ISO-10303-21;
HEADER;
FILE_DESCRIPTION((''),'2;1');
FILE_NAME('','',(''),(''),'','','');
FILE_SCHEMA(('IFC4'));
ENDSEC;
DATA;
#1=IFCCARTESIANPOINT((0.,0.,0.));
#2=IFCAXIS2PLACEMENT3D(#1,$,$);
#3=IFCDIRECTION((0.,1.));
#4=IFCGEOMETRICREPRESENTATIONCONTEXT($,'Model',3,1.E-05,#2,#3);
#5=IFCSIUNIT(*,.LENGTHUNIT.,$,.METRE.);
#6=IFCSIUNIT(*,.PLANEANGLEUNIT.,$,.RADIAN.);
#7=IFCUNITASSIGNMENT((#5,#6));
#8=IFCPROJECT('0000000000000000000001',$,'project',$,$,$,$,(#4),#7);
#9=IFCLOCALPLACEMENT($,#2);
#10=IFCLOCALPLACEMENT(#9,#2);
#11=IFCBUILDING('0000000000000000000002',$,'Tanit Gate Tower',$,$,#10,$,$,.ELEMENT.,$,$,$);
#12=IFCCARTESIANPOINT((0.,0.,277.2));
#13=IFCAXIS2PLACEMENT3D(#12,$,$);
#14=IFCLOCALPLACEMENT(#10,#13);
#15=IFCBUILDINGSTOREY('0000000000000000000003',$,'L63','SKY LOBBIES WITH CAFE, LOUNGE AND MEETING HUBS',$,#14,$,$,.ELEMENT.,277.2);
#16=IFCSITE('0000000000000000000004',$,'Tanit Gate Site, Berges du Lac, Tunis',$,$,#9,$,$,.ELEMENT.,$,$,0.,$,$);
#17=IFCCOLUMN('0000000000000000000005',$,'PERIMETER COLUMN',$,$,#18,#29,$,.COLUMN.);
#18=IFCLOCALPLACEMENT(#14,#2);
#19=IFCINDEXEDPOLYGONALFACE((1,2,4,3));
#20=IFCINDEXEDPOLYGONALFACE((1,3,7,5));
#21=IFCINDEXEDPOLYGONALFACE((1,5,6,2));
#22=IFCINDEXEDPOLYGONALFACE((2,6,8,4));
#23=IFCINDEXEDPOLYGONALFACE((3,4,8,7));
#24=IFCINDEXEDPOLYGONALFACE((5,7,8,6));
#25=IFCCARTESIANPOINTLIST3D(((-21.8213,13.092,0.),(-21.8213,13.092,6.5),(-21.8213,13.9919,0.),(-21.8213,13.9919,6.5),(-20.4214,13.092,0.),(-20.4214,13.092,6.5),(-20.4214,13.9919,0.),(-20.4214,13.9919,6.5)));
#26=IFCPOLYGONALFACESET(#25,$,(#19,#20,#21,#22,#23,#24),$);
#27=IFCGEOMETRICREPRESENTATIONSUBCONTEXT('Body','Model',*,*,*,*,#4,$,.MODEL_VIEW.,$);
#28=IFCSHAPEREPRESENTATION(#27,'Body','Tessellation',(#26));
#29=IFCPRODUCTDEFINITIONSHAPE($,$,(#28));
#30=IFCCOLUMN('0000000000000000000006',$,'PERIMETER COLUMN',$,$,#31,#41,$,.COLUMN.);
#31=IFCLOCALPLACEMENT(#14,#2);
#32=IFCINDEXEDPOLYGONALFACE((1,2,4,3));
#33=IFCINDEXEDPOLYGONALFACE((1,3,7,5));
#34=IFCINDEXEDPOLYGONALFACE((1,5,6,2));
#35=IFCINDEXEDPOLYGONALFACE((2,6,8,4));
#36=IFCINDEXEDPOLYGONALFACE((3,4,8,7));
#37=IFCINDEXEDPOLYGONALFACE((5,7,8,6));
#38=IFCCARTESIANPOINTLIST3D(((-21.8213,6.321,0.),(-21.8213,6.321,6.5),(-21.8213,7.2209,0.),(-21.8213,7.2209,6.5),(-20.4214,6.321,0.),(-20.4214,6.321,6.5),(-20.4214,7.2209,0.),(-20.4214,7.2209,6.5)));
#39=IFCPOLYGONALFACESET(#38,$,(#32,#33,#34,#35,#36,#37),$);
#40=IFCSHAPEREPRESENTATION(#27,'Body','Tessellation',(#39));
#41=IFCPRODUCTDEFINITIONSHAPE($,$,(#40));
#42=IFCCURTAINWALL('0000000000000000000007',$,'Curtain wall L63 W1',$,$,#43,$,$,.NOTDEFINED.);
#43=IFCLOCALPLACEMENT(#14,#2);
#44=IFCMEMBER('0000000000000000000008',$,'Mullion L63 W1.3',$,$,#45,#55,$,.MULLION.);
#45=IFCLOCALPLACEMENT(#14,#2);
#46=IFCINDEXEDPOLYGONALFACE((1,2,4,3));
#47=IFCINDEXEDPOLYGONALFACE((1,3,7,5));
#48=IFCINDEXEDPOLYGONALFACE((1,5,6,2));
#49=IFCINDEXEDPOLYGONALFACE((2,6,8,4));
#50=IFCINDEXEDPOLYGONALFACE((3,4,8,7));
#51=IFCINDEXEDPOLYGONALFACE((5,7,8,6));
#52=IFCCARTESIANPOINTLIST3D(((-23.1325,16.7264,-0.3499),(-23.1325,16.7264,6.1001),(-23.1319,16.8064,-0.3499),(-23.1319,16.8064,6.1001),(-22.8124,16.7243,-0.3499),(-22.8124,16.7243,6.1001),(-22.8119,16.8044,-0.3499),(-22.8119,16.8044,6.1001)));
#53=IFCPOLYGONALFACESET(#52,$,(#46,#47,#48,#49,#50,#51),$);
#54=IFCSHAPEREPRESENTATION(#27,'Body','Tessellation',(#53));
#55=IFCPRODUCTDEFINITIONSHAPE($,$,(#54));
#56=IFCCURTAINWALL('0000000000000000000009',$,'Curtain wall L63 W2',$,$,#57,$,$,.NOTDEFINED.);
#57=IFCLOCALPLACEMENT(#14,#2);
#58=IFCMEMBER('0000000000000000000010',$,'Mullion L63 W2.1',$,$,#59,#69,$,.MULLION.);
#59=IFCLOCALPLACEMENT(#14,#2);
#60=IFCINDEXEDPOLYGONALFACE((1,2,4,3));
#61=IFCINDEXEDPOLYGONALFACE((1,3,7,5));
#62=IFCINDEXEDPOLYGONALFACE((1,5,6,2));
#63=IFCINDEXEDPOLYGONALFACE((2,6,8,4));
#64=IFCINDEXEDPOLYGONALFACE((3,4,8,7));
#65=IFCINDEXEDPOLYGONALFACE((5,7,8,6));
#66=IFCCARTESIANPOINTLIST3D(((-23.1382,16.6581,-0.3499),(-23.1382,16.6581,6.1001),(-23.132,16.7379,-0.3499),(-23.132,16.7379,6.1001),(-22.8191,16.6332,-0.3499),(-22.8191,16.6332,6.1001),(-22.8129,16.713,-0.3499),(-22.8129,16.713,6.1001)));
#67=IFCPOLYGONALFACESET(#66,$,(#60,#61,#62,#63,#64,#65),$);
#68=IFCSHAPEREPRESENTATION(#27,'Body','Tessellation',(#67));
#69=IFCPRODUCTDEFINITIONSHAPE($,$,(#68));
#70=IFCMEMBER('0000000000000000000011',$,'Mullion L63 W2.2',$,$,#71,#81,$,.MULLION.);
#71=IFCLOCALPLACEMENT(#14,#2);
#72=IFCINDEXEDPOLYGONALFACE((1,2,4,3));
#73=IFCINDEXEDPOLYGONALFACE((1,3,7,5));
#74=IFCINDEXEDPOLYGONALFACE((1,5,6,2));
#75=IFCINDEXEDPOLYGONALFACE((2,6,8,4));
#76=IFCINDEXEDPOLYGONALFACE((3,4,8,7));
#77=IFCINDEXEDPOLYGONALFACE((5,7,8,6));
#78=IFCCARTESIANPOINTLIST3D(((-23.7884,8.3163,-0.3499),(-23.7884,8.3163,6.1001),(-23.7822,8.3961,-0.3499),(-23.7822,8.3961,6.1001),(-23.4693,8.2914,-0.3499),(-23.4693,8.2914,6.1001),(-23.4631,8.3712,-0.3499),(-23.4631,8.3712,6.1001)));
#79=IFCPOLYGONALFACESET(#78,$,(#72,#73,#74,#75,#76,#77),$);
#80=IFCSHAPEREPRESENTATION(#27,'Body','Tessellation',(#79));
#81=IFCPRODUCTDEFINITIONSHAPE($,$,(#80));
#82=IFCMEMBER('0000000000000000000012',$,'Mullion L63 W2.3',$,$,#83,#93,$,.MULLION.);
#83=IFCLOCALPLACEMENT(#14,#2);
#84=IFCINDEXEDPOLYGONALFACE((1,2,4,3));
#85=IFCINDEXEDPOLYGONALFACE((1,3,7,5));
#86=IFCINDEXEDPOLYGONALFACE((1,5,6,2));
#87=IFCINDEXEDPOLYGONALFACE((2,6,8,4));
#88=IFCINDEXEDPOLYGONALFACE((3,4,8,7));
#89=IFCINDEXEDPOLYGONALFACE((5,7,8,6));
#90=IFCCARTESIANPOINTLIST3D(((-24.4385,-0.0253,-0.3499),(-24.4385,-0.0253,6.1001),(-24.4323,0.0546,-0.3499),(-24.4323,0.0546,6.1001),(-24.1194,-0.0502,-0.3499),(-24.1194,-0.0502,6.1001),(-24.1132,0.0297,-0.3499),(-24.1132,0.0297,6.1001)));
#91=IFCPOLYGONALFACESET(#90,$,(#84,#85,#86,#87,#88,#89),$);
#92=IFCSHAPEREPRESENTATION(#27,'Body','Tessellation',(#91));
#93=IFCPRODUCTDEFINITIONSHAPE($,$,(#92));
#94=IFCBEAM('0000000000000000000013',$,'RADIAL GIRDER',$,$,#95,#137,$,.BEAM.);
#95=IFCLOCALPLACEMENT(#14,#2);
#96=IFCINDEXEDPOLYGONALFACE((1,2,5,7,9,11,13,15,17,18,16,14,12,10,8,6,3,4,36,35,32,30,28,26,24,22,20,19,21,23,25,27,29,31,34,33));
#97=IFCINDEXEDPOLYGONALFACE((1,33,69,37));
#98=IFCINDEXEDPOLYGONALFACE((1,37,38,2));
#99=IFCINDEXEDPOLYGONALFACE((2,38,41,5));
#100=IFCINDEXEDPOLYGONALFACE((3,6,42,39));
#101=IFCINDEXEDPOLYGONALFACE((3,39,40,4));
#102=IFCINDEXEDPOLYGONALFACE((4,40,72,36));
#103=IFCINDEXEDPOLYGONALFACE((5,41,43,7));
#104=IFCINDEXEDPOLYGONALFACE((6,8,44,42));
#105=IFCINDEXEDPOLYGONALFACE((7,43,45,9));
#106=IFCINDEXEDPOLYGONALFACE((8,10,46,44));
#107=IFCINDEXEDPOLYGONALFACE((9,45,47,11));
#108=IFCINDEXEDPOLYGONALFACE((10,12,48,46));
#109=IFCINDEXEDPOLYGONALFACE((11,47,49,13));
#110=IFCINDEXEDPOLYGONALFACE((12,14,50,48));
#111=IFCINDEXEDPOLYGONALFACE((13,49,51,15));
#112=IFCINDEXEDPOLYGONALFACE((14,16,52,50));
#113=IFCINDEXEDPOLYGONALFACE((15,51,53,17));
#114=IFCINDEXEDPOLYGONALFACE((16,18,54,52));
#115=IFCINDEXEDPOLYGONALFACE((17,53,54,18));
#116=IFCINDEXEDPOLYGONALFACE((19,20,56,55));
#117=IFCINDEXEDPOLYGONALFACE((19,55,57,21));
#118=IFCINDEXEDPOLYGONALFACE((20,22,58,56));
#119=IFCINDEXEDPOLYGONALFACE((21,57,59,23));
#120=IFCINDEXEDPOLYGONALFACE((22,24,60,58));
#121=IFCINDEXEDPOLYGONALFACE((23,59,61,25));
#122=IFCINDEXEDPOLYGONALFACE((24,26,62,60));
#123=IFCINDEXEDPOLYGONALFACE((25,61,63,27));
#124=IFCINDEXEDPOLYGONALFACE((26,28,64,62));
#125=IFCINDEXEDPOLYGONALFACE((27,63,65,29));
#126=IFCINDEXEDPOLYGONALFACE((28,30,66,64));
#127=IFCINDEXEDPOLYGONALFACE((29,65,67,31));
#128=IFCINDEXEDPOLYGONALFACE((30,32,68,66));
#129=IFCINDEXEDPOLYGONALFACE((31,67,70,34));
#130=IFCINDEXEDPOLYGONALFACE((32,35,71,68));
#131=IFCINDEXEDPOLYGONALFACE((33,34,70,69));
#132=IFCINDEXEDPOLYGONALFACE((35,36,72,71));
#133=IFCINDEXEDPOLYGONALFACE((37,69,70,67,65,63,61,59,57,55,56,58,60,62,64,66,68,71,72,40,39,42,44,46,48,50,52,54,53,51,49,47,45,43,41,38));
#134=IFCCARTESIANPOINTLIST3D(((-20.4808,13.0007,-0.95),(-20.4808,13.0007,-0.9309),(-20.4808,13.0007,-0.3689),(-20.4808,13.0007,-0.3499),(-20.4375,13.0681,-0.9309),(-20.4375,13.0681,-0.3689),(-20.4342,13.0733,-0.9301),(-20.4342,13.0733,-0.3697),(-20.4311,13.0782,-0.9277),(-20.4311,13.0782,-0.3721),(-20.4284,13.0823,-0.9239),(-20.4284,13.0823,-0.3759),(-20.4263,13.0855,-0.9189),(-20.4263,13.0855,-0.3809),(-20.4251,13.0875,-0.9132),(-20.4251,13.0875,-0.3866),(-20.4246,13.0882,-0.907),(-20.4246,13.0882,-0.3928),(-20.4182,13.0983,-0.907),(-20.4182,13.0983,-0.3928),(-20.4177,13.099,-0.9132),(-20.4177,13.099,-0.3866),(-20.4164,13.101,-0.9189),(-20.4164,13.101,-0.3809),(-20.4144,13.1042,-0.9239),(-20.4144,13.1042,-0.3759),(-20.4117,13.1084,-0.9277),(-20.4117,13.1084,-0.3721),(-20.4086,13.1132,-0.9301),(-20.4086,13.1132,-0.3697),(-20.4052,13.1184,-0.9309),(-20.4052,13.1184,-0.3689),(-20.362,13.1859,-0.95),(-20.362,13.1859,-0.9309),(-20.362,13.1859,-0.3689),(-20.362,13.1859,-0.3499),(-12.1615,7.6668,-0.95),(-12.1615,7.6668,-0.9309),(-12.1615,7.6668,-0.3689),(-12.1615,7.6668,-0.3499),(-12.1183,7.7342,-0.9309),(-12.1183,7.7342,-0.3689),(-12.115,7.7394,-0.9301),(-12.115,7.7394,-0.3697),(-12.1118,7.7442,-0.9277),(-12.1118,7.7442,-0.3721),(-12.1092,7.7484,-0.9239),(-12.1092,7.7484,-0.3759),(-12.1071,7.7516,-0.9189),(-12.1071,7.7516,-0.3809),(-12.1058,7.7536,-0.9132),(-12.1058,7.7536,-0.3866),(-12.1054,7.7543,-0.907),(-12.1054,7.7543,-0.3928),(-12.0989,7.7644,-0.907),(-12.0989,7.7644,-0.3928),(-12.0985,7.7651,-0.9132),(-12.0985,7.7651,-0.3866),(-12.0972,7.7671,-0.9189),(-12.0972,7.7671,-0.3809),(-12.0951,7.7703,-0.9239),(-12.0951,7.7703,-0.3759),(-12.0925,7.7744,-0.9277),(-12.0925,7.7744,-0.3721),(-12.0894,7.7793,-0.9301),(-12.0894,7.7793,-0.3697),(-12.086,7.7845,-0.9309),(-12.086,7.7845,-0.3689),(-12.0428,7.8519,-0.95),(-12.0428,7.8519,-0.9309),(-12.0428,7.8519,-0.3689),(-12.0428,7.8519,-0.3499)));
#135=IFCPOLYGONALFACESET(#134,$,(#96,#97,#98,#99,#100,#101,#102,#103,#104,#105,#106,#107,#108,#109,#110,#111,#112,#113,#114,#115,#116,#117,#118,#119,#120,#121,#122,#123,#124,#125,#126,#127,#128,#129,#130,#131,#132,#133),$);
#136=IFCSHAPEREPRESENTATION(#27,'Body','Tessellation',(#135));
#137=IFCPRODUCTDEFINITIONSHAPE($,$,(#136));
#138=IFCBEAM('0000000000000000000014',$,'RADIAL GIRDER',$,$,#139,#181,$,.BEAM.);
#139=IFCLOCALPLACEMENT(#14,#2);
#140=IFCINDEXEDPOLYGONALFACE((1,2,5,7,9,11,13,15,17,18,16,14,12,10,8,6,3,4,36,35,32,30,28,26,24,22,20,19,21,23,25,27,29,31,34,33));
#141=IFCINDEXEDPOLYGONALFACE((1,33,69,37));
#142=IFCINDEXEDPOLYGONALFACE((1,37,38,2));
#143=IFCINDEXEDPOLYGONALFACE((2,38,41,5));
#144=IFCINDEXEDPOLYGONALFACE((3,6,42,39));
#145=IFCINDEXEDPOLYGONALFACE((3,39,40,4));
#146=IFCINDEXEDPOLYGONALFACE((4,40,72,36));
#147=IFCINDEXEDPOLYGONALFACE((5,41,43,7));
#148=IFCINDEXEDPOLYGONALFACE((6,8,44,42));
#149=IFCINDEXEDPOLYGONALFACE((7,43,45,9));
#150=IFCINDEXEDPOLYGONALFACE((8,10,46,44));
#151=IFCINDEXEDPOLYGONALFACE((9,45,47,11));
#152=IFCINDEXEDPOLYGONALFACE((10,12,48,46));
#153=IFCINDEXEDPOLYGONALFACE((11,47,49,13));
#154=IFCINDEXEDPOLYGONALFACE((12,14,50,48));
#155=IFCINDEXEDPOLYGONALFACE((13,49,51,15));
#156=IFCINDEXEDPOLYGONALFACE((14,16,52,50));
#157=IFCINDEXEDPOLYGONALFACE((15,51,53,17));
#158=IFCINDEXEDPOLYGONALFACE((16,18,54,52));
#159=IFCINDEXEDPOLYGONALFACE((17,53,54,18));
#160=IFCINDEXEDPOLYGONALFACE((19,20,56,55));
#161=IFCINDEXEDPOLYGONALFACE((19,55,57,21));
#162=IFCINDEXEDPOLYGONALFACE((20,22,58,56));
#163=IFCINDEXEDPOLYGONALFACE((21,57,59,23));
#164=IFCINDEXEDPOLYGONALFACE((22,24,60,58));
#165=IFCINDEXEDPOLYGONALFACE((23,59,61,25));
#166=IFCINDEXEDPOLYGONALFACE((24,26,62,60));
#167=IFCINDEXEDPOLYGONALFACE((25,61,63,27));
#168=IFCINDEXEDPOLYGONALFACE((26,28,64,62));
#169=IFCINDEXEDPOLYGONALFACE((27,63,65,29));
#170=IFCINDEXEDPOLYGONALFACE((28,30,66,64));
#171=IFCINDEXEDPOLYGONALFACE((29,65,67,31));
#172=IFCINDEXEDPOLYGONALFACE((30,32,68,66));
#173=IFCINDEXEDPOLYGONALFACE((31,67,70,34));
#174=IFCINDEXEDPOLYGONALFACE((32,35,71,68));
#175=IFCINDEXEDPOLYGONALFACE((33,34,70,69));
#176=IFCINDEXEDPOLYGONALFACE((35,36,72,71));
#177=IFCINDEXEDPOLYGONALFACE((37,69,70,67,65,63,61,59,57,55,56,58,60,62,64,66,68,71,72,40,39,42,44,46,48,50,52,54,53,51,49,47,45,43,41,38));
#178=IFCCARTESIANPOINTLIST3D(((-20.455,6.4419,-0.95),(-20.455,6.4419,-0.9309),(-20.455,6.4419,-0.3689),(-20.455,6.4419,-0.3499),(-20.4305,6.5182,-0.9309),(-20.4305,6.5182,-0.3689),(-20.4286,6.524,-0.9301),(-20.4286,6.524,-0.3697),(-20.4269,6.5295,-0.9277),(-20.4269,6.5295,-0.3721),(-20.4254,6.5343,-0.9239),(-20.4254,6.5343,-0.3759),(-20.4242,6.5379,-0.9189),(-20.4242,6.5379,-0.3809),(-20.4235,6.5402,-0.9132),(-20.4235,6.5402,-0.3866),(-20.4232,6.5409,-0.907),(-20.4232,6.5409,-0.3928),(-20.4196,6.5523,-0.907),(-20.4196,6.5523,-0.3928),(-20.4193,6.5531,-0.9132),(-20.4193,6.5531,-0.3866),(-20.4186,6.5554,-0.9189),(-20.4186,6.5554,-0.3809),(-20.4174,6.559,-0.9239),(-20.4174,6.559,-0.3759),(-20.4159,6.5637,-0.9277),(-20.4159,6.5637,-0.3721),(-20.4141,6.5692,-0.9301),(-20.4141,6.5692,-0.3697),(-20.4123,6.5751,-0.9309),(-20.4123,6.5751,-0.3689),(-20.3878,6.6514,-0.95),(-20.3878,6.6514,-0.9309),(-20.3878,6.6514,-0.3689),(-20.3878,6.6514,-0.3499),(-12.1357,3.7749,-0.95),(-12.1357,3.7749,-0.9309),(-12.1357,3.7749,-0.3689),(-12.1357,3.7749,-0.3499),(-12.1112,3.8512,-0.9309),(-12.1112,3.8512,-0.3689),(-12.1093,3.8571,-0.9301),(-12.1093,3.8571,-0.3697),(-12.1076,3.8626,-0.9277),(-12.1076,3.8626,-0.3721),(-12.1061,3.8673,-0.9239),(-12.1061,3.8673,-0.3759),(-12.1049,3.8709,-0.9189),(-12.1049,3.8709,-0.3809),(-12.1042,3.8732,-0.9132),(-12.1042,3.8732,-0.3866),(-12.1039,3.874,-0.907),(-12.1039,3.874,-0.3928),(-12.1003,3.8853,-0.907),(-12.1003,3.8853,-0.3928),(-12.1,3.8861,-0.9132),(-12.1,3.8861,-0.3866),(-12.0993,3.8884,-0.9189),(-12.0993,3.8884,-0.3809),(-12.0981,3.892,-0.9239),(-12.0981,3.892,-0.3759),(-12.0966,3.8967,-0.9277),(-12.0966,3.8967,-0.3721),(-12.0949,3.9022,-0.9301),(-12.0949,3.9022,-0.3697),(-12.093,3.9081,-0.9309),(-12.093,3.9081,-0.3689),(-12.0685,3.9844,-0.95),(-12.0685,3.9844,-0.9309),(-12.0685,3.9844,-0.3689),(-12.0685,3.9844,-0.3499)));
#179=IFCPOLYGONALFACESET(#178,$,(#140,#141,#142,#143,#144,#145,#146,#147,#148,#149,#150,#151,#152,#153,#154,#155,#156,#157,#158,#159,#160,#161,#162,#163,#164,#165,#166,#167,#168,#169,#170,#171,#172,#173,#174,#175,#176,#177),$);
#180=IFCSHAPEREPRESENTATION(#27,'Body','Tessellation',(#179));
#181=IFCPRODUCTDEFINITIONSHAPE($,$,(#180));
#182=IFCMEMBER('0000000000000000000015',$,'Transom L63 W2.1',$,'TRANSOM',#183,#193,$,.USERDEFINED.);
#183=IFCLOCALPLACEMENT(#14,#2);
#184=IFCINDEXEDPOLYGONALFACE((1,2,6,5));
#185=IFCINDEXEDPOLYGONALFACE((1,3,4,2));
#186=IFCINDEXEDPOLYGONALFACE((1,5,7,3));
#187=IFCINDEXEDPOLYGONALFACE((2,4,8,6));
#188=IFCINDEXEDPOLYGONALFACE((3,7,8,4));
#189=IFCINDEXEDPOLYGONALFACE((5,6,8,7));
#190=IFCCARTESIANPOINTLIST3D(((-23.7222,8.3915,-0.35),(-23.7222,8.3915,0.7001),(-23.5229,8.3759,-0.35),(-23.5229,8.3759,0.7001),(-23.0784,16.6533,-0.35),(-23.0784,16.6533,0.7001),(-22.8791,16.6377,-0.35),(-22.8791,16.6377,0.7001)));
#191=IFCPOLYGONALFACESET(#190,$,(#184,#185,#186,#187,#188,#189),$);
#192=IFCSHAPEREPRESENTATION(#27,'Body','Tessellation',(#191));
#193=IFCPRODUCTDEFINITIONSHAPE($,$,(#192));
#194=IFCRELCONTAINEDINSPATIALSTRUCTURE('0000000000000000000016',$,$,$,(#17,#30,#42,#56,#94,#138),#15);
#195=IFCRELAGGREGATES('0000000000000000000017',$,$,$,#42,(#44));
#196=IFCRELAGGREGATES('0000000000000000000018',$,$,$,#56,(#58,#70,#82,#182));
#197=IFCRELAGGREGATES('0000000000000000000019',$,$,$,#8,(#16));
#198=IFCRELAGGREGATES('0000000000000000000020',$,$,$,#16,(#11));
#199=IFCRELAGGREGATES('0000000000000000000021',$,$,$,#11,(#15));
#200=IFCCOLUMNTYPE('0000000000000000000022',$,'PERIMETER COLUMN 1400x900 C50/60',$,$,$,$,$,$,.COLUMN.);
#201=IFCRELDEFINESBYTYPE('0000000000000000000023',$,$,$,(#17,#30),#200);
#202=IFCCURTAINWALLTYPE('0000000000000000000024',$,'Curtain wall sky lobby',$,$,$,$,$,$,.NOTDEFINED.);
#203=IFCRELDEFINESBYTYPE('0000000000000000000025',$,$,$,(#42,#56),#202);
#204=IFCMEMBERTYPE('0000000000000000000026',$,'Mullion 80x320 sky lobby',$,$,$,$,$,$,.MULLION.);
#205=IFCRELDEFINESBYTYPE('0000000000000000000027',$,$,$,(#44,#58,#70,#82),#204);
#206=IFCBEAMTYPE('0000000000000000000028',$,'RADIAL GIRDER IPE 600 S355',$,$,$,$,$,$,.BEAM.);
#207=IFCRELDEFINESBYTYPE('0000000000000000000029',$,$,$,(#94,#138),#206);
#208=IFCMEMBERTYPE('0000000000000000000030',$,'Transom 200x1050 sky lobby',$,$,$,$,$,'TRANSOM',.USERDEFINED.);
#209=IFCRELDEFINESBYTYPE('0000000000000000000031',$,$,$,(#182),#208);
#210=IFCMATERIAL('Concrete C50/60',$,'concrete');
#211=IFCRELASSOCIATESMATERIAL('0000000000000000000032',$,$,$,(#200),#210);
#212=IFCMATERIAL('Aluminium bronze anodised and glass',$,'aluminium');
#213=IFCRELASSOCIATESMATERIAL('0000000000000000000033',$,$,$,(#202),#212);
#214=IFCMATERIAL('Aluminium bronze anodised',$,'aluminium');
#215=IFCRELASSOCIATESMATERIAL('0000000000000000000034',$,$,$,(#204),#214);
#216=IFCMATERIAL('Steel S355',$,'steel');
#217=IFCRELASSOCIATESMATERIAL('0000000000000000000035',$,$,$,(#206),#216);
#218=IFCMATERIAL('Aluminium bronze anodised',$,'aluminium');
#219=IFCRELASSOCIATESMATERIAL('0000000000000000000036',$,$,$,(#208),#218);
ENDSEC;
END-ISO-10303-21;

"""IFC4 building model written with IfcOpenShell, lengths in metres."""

from ifc_helpers import new_model, si_unit, direction, frame, origin, origin_2d, place, context, subcontext, project, spatial, rectangle, i_section, extrude, material, material_profile, profile_set, type_object, element, aggregate, save


model = new_model("IFC4")

# Units and contexts
model_context = context("Model", 3, precision=1e-05, world=origin(), true_north=direction((0.0, 1.0)))
body_context = subcontext(model_context, "Body", "Model", "MODEL_VIEW")
ifc_project = project(units=[si_unit("LENGTHUNIT", "METRE"), si_unit("PLANEANGLEUNIT", "RADIAN")], contexts=[model_context])

# Site, building, storey
site_placement = place(None, origin())
site = spatial("IfcSite", under=ifc_project, at=site_placement, Name="Tanit Gate Site, Berges du Lac, Tunis", CompositionType="ELEMENT", RefElevation=0.0)
building_placement = place(site_placement, origin())
building = spatial("IfcBuilding", under=site, at=building_placement, Name="Tanit Gate Tower", CompositionType="ELEMENT")
storey_placement = place(building_placement, frame((0.0, 0.0, 277.2)))
storey = spatial("IfcBuildingStorey", under=building, at=storey_placement, Name="L63", Description="SKY LOBBIES WITH CAFE, LOUNGE AND MEETING HUBS", CompositionType="ELEMENT", Elevation=277.2)

# Columns
ifc_material_1 = material(Name="Concrete C50/60", Category="concrete")
ifc_material_profile_1 = material_profile(ifc_material_1, rectangle(XDim=1.3999, YDim=0.8999, at=origin_2d()), Name="RC 1400x900")
ifc_profile_set_1 = profile_set([ifc_material_profile_1], Name="Concrete C50/60")
column_type = type_object("IfcColumnType", Name="PERIMETER COLUMN 1400x900 C50/60", PredefinedType="COLUMN", material=ifc_profile_set_1)
for number, where, z_axis, x_axis, name in (
    (1, (-21.1213, 13.542, 0.0), (0.0, 0.0, 1.0), (-1.0, 0.0, 0.0), "PERIMETER COLUMN"),
    (2, (-21.1213, 6.771, 0.0), (0.0, 0.0, 1.0), (-1.0, 0.0, 0.0), "PERIMETER COLUMN"),
):
    element("IfcColumn", number, at=place(storey_placement, frame(where, z_axis=z_axis, x_axis=x_axis)), inside=storey, type_object=column_type, Name=name, PredefinedType="COLUMN", context=body_context, shape_type="SweptSolid", body=[
        extrude(rectangle(XDim=1.3999, YDim=0.8999, at=origin_2d()), origin(), (0.0, 0.0, 1.0), 6.5),
    ])

# Curtain wall, member
ifc_material_2 = material(Name="Aluminium bronze anodised and glass", Category="aluminium")
curtain_wall_type = type_object("IfcCurtainWallType", Name="Curtain wall sky lobby", PredefinedType="NOTDEFINED", material=ifc_material_2)
curtain_wall_1_placement = place(storey_placement, origin())
curtain_wall_1 = element("IfcCurtainWall", 3, at=curtain_wall_1_placement, inside=storey, type_object=curtain_wall_type, Name="Curtain wall L63 W1", PredefinedType="NOTDEFINED")
ifc_material_3 = material(Name="Aluminium bronze anodised", Category="aluminium")
ifc_material_profile_2 = material_profile(ifc_material_3, rectangle(XDim=0.3201, YDim=0.0801, at=origin_2d()), Name="80x320 bronze mullion")
ifc_profile_set_2 = profile_set([ifc_material_profile_2], Name="Aluminium bronze anodised")
member_type_1 = type_object("IfcMemberType", Name="Mullion 80x320 sky lobby", PredefinedType="MULLION", material=ifc_profile_set_2)
member_1_placement = place(storey_placement, frame((-22.9722, 16.7654, -0.3499), z_axis=(0.0, 0.0, 1.0), x_axis=(0.99998, -0.006374, 0.0)))
member_1 = element("IfcMember", 4, at=member_1_placement, type_object=member_type_1, Name="Mullion L63 W1.3", PredefinedType="MULLION", context=body_context, shape_type="SweptSolid", body=[
    extrude(rectangle(XDim=0.3201, YDim=0.0801, at=origin_2d()), origin(), (0.0, 0.0, 1.0), 6.45),
])
aggregate(curtain_wall_1, [member_1])

# Curtain wall, members
curtain_wall_2_placement = place(storey_placement, origin())
curtain_wall_2 = element("IfcCurtainWall", 5, at=curtain_wall_2_placement, inside=storey, type_object=curtain_wall_type, Name="Curtain wall L63 W2", PredefinedType="NOTDEFINED")
member_2_placement = place(storey_placement, frame((-22.9756, 16.6855, -0.3499), z_axis=(0.0, 0.0, 1.0), x_axis=(0.996977, -0.077701, 0.0)))
member_2 = element("IfcMember", 6, at=member_2_placement, type_object=member_type_1, Name="Mullion L63 W2.1", PredefinedType="MULLION", context=body_context, shape_type="SweptSolid", body=[
    extrude(rectangle(XDim=0.3201, YDim=0.0801, at=origin_2d()), origin(), (0.0, 0.0, 1.0), 6.45),
])
member_3_placement = place(storey_placement, frame((-23.6257, 8.3438, -0.3499), z_axis=(0.0, 0.0, 1.0), x_axis=(0.996977, -0.077701, 0.0)))
member_3 = element("IfcMember", 7, at=member_3_placement, type_object=member_type_1, Name="Mullion L63 W2.2", PredefinedType="MULLION", context=body_context, shape_type="SweptSolid", body=[
    extrude(rectangle(XDim=0.3201, YDim=0.0801, at=origin_2d()), origin(), (0.0, 0.0, 1.0), 6.45),
])
member_4_placement = place(storey_placement, frame((-24.2759, 0.0022, -0.3499), z_axis=(0.0, 0.0, 1.0), x_axis=(0.996977, -0.077701, 0.0)))
member_4 = element("IfcMember", 8, at=member_4_placement, type_object=member_type_1, Name="Mullion L63 W2.3", PredefinedType="MULLION", context=body_context, shape_type="SweptSolid", body=[
    extrude(rectangle(XDim=0.3201, YDim=0.0801, at=origin_2d()), origin(), (0.0, 0.0, 1.0), 6.45),
])

# Beams
ifc_material_4 = material(Name="Steel S355", Category="steel")
ifc_material_profile_3 = material_profile(ifc_material_4, i_section(OverallWidth=0.22, OverallDepth=0.6001, WebThickness=0.012, FlangeThickness=0.019, FilletRadius=0.0239, at=origin_2d()), Name="IPE 600")
ifc_profile_set_3 = profile_set([ifc_material_profile_3], Name="Steel S355")
beam_type = type_object("IfcBeamType", Name="RADIAL GIRDER IPE 600 S355", PredefinedType="BEAM", material=ifc_profile_set_3)
beam_1_placement = place(storey_placement, frame((-20.4214, 13.0933, -0.6499), z_axis=(0.84183, -0.539743, 0.0), x_axis=(0.539743, 0.84183, 0.0)))
element("IfcBeam", 9, at=beam_1_placement, inside=storey, type_object=beam_type, Name="RADIAL GIRDER", PredefinedType="BEAM", context=body_context, shape_type="SweptSolid", body=[
    extrude(i_section(OverallWidth=0.22, OverallDepth=0.6001, WebThickness=0.012, FlangeThickness=0.019, FilletRadius=0.0239, at=origin_2d()), origin(), (0.0, 0.0, 1.0), 9.8823),
])
beam_2_placement = place(storey_placement, frame((-20.4214, 6.5466, -0.6499), z_axis=(0.952264, -0.305275, 0.0), x_axis=(0.305275, 0.952264, 0.0)))
element("IfcBeam", 10, at=beam_2_placement, inside=storey, type_object=beam_type, Name="RADIAL GIRDER", PredefinedType="BEAM", context=body_context, shape_type="SweptSolid", body=[
    extrude(i_section(OverallWidth=0.22, OverallDepth=0.6001, WebThickness=0.012, FlangeThickness=0.019, FilletRadius=0.0239, at=origin_2d()), origin(), (0.0, 0.0, 1.0), 8.7363),
])

# Member
ifc_material_5 = material(Name="Aluminium bronze anodised", Category="aluminium")
ifc_material_profile_4 = material_profile(ifc_material_5, rectangle(XDim=0.2, YDim=1.05, at=origin_2d()), Name="200x1050 bronze transom")
ifc_profile_set_4 = profile_set([ifc_material_profile_4], Name="Aluminium bronze anodised")
member_type_2 = type_object("IfcMemberType", Name="Transom 200x1050 sky lobby", ElementType="TRANSOM", PredefinedType="USERDEFINED", material=ifc_profile_set_4)
member_5_placement = place(storey_placement, frame((-22.9788, 16.6455, 0.175), z_axis=(-0.07769, -0.996978, 0.0), x_axis=(0.996978, -0.07769, 0.0)))
member_5 = element("IfcMember", 11, at=member_5_placement, type_object=member_type_2, Name="Transom L63 W2.1", ObjectType="TRANSOM", PredefinedType="USERDEFINED", context=body_context, shape_type="SweptSolid", body=[
    extrude(rectangle(XDim=0.2, YDim=1.05, at=origin_2d()), origin(), (0.0, 0.0, 1.0), 8.2869),
])

aggregate(curtain_wall_2, [member_2, member_3, member_4, member_5])

save(model, "model.ifc")
